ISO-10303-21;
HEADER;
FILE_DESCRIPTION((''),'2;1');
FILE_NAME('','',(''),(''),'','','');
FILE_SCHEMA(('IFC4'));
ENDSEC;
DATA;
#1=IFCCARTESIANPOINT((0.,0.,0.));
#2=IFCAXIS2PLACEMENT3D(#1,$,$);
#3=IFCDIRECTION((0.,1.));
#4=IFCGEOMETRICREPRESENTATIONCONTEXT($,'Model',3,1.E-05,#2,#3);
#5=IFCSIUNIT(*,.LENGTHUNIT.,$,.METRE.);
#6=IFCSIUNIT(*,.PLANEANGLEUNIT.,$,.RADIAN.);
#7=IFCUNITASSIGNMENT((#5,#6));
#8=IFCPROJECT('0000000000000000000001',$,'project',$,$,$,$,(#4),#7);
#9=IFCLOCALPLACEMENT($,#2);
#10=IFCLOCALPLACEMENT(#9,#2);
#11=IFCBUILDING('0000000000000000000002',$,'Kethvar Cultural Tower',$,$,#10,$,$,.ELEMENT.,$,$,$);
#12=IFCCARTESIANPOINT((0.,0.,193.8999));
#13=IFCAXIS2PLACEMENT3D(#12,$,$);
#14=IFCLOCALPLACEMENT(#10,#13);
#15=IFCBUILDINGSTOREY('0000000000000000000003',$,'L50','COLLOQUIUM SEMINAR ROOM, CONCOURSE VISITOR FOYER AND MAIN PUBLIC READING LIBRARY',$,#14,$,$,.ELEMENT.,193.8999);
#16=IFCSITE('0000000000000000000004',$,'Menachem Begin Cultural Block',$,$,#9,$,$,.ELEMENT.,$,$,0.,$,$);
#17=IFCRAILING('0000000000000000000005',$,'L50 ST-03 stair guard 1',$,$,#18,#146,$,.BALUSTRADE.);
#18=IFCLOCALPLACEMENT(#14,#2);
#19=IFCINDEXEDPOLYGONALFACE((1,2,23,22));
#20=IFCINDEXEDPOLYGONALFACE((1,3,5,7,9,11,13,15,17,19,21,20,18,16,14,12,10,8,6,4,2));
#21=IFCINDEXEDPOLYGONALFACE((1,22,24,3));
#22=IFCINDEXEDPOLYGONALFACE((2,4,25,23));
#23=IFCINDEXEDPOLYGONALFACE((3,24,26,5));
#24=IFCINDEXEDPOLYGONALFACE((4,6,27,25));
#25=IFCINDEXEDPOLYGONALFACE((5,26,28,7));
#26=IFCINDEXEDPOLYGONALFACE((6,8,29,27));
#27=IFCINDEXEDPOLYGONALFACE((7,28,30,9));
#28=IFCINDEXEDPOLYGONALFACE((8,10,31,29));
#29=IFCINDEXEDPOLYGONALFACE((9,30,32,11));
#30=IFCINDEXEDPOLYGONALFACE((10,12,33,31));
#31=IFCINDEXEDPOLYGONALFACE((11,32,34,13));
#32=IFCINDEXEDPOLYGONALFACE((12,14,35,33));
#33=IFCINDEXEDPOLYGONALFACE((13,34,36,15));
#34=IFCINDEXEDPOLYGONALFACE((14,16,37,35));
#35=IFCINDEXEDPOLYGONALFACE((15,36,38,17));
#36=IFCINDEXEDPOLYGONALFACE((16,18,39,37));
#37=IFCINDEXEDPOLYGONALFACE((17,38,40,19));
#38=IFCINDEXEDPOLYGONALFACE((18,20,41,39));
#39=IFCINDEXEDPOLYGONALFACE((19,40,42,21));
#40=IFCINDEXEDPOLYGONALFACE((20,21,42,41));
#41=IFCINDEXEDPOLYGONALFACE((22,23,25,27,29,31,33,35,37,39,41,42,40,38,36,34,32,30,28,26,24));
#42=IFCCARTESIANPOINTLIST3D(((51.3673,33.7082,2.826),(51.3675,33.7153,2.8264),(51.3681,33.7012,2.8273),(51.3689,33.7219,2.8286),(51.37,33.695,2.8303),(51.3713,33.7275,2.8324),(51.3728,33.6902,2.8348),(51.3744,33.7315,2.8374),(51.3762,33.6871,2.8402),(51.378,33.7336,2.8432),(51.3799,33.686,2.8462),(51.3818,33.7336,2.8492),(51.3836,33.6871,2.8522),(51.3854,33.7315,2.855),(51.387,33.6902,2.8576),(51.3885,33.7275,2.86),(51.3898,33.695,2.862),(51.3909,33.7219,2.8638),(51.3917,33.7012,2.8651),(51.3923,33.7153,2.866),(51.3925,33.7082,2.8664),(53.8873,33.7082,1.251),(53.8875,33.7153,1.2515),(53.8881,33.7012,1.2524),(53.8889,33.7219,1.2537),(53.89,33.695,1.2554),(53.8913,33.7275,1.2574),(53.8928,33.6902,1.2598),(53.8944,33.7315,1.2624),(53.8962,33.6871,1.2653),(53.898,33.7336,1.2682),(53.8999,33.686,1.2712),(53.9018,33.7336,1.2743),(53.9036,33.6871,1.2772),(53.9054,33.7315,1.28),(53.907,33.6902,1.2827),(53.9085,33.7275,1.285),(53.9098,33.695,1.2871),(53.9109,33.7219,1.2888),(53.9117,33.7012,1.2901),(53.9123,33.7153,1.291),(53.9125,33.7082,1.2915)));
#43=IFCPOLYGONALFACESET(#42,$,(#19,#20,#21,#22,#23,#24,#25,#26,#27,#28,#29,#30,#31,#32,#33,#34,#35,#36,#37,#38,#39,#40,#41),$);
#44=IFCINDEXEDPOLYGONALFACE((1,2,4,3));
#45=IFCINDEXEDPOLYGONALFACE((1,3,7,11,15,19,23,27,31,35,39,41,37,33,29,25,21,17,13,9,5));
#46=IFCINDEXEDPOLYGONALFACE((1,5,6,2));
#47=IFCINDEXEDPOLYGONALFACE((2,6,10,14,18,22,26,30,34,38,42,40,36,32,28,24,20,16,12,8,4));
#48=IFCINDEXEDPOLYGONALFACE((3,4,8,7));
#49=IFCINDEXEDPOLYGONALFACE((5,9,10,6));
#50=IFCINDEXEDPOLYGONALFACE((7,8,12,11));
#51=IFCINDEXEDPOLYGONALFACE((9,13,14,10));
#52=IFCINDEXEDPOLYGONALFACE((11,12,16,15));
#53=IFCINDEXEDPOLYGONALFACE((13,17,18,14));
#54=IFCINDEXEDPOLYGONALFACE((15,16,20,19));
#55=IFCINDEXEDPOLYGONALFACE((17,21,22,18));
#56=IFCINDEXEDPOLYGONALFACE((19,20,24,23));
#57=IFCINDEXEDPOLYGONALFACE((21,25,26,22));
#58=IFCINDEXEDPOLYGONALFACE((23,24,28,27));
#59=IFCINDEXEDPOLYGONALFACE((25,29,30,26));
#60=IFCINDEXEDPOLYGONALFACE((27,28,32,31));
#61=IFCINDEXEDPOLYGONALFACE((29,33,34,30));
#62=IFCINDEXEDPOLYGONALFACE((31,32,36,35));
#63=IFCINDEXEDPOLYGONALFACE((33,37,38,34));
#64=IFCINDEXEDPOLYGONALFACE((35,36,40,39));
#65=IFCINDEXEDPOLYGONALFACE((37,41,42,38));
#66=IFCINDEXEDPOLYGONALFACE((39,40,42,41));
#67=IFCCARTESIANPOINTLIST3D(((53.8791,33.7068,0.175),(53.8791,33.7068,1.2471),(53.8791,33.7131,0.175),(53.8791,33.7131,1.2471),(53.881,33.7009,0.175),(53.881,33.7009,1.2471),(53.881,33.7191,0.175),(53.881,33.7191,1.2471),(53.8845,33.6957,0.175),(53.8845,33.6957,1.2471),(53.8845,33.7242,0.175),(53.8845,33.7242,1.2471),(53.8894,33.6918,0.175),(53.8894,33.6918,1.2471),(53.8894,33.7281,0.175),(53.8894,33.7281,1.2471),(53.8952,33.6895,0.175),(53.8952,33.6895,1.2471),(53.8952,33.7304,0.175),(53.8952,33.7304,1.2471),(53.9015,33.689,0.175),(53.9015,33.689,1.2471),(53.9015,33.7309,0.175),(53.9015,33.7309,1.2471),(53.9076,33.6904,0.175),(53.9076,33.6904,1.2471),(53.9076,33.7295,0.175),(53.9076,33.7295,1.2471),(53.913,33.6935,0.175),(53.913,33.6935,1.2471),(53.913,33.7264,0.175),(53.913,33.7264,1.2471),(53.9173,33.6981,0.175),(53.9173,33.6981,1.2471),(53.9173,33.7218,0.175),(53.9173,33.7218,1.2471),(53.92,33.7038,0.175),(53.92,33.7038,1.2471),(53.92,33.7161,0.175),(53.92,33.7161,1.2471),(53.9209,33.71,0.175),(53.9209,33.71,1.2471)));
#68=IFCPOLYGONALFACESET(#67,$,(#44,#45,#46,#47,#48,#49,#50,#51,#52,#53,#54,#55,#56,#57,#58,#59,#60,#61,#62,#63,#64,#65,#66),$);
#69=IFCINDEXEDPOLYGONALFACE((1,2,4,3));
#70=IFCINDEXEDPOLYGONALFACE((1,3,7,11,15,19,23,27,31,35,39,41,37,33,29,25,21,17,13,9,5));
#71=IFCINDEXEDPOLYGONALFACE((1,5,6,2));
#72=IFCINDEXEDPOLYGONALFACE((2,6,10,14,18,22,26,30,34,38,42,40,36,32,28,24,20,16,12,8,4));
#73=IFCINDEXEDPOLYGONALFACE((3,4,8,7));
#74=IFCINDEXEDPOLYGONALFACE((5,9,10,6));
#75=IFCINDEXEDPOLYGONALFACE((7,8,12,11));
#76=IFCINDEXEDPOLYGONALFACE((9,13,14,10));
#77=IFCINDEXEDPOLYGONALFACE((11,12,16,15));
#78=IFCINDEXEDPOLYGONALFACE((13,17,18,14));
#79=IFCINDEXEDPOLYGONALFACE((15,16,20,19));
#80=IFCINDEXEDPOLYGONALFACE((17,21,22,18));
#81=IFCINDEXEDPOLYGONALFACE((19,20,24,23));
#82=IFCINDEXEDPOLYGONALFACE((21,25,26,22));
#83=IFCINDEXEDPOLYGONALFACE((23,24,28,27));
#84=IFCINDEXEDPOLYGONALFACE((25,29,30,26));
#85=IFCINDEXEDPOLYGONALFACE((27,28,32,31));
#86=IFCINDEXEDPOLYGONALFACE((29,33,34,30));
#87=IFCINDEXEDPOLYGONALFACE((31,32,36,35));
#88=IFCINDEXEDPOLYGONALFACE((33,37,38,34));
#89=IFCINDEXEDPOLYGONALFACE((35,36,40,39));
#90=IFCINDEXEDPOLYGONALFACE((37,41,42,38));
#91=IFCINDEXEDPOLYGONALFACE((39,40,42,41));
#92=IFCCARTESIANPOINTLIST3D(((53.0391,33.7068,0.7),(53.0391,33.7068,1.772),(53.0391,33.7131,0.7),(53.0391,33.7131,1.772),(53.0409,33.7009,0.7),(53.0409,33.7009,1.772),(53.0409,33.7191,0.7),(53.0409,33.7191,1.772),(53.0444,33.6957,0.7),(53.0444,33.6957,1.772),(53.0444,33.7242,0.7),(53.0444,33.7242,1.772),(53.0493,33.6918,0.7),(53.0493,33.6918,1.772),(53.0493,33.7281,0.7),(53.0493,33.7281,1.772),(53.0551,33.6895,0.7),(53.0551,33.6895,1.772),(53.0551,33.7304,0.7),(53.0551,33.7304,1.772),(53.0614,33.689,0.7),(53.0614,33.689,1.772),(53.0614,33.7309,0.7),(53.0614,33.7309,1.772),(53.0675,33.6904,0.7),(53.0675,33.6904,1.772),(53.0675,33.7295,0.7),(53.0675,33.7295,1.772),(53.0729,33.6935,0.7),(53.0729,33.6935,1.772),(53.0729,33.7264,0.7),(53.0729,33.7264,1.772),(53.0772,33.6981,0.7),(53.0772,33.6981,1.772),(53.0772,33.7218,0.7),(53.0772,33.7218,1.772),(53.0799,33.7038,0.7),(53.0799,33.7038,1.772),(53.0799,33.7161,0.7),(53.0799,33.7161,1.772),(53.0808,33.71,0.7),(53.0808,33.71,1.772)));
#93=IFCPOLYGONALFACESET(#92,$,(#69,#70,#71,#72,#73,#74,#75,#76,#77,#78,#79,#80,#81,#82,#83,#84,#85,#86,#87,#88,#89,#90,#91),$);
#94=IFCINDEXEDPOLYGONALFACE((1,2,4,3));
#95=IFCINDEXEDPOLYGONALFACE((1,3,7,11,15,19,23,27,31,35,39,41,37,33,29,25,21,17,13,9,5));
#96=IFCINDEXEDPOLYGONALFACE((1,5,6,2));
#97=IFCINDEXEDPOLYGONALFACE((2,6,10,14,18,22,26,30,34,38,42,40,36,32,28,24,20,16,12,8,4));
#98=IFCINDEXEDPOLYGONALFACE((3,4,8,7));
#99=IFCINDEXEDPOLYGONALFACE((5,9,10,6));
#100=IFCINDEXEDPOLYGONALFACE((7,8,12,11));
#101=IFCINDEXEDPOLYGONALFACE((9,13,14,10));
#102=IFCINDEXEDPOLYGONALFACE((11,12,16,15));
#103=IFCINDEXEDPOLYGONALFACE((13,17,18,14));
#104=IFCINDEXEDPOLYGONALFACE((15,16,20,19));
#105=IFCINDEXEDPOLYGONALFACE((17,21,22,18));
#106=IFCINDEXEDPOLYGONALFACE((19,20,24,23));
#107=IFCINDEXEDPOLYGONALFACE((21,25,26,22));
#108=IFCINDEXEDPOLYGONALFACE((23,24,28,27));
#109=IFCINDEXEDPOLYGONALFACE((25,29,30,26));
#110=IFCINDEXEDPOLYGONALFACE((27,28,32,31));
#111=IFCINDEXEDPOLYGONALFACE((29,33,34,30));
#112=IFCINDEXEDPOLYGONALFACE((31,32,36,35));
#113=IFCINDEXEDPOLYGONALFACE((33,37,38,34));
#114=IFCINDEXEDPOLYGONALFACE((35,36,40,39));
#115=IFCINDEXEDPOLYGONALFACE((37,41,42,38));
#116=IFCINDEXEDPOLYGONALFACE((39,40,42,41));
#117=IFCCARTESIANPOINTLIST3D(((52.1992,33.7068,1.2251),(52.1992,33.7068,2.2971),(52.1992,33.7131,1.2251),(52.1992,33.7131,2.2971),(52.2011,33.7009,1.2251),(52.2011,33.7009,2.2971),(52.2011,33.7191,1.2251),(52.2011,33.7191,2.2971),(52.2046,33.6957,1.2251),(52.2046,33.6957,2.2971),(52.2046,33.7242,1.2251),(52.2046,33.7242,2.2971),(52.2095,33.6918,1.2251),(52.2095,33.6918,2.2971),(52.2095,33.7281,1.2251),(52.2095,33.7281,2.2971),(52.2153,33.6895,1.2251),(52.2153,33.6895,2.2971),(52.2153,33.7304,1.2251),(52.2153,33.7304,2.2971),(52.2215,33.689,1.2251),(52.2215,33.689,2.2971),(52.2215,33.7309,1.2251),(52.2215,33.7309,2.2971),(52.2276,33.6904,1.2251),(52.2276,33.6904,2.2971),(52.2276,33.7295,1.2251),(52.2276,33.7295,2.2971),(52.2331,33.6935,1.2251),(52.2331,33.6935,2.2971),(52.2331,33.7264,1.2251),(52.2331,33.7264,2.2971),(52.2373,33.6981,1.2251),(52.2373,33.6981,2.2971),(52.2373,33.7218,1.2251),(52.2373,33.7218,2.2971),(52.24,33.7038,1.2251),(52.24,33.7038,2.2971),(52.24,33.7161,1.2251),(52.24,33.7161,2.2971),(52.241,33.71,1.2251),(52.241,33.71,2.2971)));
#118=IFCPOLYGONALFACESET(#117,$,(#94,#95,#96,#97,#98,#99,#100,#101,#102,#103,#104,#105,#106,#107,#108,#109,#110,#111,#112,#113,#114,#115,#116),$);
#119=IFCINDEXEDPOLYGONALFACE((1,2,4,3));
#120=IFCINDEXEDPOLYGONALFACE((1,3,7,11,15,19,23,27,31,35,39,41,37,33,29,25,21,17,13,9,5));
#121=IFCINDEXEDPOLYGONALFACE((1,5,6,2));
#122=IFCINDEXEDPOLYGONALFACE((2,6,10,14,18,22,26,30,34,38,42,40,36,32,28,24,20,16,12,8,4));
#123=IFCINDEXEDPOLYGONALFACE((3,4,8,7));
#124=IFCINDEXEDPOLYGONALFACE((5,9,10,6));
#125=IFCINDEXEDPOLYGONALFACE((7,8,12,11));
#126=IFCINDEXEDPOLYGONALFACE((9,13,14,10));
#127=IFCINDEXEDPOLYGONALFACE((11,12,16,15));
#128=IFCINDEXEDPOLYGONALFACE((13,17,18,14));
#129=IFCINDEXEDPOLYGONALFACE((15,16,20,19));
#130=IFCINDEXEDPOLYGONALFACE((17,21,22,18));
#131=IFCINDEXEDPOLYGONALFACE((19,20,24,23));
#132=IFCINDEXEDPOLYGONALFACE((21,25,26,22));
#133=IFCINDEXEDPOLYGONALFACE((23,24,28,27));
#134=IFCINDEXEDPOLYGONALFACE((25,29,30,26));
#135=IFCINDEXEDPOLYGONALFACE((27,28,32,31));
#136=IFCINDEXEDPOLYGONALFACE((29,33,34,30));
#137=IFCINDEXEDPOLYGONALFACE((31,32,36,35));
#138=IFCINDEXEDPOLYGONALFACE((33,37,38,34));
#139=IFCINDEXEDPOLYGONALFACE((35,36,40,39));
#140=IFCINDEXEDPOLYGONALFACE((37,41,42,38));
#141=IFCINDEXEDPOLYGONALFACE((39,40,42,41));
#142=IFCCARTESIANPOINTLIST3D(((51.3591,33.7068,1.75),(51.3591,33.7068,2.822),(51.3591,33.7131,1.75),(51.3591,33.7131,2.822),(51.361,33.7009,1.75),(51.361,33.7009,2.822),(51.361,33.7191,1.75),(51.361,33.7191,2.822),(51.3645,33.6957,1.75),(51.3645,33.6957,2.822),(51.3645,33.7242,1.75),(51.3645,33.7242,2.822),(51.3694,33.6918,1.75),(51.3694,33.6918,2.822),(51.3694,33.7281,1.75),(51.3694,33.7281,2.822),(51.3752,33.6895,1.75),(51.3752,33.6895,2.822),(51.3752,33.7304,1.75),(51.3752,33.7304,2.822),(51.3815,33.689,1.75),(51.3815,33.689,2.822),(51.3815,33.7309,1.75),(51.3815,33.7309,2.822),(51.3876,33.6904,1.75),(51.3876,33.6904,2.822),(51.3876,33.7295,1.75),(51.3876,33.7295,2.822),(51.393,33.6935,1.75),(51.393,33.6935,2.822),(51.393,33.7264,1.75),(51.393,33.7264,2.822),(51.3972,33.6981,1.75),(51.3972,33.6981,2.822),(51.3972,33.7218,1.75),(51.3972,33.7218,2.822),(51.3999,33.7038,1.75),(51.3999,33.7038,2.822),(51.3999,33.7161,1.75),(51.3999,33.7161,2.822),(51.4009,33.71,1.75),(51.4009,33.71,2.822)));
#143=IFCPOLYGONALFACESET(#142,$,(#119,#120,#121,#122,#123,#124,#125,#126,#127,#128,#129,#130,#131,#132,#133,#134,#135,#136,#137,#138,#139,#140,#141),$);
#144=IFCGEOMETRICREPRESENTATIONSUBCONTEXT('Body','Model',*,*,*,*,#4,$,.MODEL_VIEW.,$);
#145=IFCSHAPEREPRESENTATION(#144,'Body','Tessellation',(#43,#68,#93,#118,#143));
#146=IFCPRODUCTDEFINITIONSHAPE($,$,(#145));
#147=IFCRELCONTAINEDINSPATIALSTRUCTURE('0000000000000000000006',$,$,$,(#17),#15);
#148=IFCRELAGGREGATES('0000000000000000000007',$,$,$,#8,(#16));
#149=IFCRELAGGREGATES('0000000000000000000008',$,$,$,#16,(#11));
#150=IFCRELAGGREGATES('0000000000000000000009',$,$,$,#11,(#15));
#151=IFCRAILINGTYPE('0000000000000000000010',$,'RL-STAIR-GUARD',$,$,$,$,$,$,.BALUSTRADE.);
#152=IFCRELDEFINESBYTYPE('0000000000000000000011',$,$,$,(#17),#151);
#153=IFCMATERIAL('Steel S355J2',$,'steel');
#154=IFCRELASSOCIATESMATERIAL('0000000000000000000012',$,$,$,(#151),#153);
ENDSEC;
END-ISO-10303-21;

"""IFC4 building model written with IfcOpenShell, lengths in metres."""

from ifc_helpers import new_model, si_unit, direction, frame, origin, origin_2d, place, context, subcontext, project, spatial, circle, extrude, material, type_object, element, save


model = new_model("IFC4")

# Units and contexts
model_context = context("Model", 3, precision=1e-05, world=origin(), true_north=direction((0.0, 1.0)))
body_context = subcontext(model_context, "Body", "Model", "MODEL_VIEW")
ifc_project = project(units=[si_unit("LENGTHUNIT", "METRE"), si_unit("PLANEANGLEUNIT", "RADIAN")], contexts=[model_context])

# Site, building, storey
site_placement = place(None, origin())
site = spatial("IfcSite", under=ifc_project, at=site_placement, Name="Menachem Begin Cultural Block", CompositionType="ELEMENT", RefElevation=0.0)
building_placement = place(site_placement, origin())
building = spatial("IfcBuilding", under=site, at=building_placement, Name="Kethvar Cultural Tower", CompositionType="ELEMENT")
storey_placement = place(building_placement, frame((0.0, 0.0, 193.8999)))
storey = spatial("IfcBuildingStorey", under=building, at=storey_placement, Name="L50", Description="COLLOQUIUM SEMINAR ROOM, CONCOURSE VISITOR FOYER AND MAIN PUBLIC READING LIBRARY", CompositionType="ELEMENT", Elevation=193.8999)

# Shared definitions
ifc_material_1 = material(Name="Steel S355J2", Category="steel")

# Railing
railing_type_1 = type_object("IfcRailingType", Name="RL-STAIR-GUARD", PredefinedType="BALUSTRADE", material=ifc_material_1)
railing_1_placement = place(storey_placement, frame((53.8999, 33.71, 0.175)))
element("IfcRailing", 1, at=railing_1_placement, inside=storey, type_object=railing_type_1, Name="L50 ST-03 stair guard 1", PredefinedType="BALUSTRADE", context=body_context, shape_type="SweptSolid", body=[
    extrude(circle(Radius=0.0239, at=origin_2d()), frame((0.0, 0.0, 1.0962), z_axis=(-0.848008, 0.0, 0.529984), x_axis=(0.0, -1.0, 0.0)), (0.0, 0.0, 1.0), 2.9717),
    extrude(circle(Radius=0.021, at=origin_2d()), origin(), (0.0, 0.0, 1.0), 1.072),
    extrude(circle(Radius=0.021, at=origin_2d()), frame((-0.8401, 0.0, 0.5249)), (0.0, 0.0, 1.0), 1.072),
    extrude(circle(Radius=0.021, at=origin_2d()), frame((-1.6799, 0.0, 1.05)), (0.0, 0.0, 1.0), 1.072),
    extrude(circle(Radius=0.021, at=origin_2d()), frame((-2.52, 0.0, 1.575)), (0.0, 0.0, 1.0), 1.072),
])

save(model, "model.ifc")
